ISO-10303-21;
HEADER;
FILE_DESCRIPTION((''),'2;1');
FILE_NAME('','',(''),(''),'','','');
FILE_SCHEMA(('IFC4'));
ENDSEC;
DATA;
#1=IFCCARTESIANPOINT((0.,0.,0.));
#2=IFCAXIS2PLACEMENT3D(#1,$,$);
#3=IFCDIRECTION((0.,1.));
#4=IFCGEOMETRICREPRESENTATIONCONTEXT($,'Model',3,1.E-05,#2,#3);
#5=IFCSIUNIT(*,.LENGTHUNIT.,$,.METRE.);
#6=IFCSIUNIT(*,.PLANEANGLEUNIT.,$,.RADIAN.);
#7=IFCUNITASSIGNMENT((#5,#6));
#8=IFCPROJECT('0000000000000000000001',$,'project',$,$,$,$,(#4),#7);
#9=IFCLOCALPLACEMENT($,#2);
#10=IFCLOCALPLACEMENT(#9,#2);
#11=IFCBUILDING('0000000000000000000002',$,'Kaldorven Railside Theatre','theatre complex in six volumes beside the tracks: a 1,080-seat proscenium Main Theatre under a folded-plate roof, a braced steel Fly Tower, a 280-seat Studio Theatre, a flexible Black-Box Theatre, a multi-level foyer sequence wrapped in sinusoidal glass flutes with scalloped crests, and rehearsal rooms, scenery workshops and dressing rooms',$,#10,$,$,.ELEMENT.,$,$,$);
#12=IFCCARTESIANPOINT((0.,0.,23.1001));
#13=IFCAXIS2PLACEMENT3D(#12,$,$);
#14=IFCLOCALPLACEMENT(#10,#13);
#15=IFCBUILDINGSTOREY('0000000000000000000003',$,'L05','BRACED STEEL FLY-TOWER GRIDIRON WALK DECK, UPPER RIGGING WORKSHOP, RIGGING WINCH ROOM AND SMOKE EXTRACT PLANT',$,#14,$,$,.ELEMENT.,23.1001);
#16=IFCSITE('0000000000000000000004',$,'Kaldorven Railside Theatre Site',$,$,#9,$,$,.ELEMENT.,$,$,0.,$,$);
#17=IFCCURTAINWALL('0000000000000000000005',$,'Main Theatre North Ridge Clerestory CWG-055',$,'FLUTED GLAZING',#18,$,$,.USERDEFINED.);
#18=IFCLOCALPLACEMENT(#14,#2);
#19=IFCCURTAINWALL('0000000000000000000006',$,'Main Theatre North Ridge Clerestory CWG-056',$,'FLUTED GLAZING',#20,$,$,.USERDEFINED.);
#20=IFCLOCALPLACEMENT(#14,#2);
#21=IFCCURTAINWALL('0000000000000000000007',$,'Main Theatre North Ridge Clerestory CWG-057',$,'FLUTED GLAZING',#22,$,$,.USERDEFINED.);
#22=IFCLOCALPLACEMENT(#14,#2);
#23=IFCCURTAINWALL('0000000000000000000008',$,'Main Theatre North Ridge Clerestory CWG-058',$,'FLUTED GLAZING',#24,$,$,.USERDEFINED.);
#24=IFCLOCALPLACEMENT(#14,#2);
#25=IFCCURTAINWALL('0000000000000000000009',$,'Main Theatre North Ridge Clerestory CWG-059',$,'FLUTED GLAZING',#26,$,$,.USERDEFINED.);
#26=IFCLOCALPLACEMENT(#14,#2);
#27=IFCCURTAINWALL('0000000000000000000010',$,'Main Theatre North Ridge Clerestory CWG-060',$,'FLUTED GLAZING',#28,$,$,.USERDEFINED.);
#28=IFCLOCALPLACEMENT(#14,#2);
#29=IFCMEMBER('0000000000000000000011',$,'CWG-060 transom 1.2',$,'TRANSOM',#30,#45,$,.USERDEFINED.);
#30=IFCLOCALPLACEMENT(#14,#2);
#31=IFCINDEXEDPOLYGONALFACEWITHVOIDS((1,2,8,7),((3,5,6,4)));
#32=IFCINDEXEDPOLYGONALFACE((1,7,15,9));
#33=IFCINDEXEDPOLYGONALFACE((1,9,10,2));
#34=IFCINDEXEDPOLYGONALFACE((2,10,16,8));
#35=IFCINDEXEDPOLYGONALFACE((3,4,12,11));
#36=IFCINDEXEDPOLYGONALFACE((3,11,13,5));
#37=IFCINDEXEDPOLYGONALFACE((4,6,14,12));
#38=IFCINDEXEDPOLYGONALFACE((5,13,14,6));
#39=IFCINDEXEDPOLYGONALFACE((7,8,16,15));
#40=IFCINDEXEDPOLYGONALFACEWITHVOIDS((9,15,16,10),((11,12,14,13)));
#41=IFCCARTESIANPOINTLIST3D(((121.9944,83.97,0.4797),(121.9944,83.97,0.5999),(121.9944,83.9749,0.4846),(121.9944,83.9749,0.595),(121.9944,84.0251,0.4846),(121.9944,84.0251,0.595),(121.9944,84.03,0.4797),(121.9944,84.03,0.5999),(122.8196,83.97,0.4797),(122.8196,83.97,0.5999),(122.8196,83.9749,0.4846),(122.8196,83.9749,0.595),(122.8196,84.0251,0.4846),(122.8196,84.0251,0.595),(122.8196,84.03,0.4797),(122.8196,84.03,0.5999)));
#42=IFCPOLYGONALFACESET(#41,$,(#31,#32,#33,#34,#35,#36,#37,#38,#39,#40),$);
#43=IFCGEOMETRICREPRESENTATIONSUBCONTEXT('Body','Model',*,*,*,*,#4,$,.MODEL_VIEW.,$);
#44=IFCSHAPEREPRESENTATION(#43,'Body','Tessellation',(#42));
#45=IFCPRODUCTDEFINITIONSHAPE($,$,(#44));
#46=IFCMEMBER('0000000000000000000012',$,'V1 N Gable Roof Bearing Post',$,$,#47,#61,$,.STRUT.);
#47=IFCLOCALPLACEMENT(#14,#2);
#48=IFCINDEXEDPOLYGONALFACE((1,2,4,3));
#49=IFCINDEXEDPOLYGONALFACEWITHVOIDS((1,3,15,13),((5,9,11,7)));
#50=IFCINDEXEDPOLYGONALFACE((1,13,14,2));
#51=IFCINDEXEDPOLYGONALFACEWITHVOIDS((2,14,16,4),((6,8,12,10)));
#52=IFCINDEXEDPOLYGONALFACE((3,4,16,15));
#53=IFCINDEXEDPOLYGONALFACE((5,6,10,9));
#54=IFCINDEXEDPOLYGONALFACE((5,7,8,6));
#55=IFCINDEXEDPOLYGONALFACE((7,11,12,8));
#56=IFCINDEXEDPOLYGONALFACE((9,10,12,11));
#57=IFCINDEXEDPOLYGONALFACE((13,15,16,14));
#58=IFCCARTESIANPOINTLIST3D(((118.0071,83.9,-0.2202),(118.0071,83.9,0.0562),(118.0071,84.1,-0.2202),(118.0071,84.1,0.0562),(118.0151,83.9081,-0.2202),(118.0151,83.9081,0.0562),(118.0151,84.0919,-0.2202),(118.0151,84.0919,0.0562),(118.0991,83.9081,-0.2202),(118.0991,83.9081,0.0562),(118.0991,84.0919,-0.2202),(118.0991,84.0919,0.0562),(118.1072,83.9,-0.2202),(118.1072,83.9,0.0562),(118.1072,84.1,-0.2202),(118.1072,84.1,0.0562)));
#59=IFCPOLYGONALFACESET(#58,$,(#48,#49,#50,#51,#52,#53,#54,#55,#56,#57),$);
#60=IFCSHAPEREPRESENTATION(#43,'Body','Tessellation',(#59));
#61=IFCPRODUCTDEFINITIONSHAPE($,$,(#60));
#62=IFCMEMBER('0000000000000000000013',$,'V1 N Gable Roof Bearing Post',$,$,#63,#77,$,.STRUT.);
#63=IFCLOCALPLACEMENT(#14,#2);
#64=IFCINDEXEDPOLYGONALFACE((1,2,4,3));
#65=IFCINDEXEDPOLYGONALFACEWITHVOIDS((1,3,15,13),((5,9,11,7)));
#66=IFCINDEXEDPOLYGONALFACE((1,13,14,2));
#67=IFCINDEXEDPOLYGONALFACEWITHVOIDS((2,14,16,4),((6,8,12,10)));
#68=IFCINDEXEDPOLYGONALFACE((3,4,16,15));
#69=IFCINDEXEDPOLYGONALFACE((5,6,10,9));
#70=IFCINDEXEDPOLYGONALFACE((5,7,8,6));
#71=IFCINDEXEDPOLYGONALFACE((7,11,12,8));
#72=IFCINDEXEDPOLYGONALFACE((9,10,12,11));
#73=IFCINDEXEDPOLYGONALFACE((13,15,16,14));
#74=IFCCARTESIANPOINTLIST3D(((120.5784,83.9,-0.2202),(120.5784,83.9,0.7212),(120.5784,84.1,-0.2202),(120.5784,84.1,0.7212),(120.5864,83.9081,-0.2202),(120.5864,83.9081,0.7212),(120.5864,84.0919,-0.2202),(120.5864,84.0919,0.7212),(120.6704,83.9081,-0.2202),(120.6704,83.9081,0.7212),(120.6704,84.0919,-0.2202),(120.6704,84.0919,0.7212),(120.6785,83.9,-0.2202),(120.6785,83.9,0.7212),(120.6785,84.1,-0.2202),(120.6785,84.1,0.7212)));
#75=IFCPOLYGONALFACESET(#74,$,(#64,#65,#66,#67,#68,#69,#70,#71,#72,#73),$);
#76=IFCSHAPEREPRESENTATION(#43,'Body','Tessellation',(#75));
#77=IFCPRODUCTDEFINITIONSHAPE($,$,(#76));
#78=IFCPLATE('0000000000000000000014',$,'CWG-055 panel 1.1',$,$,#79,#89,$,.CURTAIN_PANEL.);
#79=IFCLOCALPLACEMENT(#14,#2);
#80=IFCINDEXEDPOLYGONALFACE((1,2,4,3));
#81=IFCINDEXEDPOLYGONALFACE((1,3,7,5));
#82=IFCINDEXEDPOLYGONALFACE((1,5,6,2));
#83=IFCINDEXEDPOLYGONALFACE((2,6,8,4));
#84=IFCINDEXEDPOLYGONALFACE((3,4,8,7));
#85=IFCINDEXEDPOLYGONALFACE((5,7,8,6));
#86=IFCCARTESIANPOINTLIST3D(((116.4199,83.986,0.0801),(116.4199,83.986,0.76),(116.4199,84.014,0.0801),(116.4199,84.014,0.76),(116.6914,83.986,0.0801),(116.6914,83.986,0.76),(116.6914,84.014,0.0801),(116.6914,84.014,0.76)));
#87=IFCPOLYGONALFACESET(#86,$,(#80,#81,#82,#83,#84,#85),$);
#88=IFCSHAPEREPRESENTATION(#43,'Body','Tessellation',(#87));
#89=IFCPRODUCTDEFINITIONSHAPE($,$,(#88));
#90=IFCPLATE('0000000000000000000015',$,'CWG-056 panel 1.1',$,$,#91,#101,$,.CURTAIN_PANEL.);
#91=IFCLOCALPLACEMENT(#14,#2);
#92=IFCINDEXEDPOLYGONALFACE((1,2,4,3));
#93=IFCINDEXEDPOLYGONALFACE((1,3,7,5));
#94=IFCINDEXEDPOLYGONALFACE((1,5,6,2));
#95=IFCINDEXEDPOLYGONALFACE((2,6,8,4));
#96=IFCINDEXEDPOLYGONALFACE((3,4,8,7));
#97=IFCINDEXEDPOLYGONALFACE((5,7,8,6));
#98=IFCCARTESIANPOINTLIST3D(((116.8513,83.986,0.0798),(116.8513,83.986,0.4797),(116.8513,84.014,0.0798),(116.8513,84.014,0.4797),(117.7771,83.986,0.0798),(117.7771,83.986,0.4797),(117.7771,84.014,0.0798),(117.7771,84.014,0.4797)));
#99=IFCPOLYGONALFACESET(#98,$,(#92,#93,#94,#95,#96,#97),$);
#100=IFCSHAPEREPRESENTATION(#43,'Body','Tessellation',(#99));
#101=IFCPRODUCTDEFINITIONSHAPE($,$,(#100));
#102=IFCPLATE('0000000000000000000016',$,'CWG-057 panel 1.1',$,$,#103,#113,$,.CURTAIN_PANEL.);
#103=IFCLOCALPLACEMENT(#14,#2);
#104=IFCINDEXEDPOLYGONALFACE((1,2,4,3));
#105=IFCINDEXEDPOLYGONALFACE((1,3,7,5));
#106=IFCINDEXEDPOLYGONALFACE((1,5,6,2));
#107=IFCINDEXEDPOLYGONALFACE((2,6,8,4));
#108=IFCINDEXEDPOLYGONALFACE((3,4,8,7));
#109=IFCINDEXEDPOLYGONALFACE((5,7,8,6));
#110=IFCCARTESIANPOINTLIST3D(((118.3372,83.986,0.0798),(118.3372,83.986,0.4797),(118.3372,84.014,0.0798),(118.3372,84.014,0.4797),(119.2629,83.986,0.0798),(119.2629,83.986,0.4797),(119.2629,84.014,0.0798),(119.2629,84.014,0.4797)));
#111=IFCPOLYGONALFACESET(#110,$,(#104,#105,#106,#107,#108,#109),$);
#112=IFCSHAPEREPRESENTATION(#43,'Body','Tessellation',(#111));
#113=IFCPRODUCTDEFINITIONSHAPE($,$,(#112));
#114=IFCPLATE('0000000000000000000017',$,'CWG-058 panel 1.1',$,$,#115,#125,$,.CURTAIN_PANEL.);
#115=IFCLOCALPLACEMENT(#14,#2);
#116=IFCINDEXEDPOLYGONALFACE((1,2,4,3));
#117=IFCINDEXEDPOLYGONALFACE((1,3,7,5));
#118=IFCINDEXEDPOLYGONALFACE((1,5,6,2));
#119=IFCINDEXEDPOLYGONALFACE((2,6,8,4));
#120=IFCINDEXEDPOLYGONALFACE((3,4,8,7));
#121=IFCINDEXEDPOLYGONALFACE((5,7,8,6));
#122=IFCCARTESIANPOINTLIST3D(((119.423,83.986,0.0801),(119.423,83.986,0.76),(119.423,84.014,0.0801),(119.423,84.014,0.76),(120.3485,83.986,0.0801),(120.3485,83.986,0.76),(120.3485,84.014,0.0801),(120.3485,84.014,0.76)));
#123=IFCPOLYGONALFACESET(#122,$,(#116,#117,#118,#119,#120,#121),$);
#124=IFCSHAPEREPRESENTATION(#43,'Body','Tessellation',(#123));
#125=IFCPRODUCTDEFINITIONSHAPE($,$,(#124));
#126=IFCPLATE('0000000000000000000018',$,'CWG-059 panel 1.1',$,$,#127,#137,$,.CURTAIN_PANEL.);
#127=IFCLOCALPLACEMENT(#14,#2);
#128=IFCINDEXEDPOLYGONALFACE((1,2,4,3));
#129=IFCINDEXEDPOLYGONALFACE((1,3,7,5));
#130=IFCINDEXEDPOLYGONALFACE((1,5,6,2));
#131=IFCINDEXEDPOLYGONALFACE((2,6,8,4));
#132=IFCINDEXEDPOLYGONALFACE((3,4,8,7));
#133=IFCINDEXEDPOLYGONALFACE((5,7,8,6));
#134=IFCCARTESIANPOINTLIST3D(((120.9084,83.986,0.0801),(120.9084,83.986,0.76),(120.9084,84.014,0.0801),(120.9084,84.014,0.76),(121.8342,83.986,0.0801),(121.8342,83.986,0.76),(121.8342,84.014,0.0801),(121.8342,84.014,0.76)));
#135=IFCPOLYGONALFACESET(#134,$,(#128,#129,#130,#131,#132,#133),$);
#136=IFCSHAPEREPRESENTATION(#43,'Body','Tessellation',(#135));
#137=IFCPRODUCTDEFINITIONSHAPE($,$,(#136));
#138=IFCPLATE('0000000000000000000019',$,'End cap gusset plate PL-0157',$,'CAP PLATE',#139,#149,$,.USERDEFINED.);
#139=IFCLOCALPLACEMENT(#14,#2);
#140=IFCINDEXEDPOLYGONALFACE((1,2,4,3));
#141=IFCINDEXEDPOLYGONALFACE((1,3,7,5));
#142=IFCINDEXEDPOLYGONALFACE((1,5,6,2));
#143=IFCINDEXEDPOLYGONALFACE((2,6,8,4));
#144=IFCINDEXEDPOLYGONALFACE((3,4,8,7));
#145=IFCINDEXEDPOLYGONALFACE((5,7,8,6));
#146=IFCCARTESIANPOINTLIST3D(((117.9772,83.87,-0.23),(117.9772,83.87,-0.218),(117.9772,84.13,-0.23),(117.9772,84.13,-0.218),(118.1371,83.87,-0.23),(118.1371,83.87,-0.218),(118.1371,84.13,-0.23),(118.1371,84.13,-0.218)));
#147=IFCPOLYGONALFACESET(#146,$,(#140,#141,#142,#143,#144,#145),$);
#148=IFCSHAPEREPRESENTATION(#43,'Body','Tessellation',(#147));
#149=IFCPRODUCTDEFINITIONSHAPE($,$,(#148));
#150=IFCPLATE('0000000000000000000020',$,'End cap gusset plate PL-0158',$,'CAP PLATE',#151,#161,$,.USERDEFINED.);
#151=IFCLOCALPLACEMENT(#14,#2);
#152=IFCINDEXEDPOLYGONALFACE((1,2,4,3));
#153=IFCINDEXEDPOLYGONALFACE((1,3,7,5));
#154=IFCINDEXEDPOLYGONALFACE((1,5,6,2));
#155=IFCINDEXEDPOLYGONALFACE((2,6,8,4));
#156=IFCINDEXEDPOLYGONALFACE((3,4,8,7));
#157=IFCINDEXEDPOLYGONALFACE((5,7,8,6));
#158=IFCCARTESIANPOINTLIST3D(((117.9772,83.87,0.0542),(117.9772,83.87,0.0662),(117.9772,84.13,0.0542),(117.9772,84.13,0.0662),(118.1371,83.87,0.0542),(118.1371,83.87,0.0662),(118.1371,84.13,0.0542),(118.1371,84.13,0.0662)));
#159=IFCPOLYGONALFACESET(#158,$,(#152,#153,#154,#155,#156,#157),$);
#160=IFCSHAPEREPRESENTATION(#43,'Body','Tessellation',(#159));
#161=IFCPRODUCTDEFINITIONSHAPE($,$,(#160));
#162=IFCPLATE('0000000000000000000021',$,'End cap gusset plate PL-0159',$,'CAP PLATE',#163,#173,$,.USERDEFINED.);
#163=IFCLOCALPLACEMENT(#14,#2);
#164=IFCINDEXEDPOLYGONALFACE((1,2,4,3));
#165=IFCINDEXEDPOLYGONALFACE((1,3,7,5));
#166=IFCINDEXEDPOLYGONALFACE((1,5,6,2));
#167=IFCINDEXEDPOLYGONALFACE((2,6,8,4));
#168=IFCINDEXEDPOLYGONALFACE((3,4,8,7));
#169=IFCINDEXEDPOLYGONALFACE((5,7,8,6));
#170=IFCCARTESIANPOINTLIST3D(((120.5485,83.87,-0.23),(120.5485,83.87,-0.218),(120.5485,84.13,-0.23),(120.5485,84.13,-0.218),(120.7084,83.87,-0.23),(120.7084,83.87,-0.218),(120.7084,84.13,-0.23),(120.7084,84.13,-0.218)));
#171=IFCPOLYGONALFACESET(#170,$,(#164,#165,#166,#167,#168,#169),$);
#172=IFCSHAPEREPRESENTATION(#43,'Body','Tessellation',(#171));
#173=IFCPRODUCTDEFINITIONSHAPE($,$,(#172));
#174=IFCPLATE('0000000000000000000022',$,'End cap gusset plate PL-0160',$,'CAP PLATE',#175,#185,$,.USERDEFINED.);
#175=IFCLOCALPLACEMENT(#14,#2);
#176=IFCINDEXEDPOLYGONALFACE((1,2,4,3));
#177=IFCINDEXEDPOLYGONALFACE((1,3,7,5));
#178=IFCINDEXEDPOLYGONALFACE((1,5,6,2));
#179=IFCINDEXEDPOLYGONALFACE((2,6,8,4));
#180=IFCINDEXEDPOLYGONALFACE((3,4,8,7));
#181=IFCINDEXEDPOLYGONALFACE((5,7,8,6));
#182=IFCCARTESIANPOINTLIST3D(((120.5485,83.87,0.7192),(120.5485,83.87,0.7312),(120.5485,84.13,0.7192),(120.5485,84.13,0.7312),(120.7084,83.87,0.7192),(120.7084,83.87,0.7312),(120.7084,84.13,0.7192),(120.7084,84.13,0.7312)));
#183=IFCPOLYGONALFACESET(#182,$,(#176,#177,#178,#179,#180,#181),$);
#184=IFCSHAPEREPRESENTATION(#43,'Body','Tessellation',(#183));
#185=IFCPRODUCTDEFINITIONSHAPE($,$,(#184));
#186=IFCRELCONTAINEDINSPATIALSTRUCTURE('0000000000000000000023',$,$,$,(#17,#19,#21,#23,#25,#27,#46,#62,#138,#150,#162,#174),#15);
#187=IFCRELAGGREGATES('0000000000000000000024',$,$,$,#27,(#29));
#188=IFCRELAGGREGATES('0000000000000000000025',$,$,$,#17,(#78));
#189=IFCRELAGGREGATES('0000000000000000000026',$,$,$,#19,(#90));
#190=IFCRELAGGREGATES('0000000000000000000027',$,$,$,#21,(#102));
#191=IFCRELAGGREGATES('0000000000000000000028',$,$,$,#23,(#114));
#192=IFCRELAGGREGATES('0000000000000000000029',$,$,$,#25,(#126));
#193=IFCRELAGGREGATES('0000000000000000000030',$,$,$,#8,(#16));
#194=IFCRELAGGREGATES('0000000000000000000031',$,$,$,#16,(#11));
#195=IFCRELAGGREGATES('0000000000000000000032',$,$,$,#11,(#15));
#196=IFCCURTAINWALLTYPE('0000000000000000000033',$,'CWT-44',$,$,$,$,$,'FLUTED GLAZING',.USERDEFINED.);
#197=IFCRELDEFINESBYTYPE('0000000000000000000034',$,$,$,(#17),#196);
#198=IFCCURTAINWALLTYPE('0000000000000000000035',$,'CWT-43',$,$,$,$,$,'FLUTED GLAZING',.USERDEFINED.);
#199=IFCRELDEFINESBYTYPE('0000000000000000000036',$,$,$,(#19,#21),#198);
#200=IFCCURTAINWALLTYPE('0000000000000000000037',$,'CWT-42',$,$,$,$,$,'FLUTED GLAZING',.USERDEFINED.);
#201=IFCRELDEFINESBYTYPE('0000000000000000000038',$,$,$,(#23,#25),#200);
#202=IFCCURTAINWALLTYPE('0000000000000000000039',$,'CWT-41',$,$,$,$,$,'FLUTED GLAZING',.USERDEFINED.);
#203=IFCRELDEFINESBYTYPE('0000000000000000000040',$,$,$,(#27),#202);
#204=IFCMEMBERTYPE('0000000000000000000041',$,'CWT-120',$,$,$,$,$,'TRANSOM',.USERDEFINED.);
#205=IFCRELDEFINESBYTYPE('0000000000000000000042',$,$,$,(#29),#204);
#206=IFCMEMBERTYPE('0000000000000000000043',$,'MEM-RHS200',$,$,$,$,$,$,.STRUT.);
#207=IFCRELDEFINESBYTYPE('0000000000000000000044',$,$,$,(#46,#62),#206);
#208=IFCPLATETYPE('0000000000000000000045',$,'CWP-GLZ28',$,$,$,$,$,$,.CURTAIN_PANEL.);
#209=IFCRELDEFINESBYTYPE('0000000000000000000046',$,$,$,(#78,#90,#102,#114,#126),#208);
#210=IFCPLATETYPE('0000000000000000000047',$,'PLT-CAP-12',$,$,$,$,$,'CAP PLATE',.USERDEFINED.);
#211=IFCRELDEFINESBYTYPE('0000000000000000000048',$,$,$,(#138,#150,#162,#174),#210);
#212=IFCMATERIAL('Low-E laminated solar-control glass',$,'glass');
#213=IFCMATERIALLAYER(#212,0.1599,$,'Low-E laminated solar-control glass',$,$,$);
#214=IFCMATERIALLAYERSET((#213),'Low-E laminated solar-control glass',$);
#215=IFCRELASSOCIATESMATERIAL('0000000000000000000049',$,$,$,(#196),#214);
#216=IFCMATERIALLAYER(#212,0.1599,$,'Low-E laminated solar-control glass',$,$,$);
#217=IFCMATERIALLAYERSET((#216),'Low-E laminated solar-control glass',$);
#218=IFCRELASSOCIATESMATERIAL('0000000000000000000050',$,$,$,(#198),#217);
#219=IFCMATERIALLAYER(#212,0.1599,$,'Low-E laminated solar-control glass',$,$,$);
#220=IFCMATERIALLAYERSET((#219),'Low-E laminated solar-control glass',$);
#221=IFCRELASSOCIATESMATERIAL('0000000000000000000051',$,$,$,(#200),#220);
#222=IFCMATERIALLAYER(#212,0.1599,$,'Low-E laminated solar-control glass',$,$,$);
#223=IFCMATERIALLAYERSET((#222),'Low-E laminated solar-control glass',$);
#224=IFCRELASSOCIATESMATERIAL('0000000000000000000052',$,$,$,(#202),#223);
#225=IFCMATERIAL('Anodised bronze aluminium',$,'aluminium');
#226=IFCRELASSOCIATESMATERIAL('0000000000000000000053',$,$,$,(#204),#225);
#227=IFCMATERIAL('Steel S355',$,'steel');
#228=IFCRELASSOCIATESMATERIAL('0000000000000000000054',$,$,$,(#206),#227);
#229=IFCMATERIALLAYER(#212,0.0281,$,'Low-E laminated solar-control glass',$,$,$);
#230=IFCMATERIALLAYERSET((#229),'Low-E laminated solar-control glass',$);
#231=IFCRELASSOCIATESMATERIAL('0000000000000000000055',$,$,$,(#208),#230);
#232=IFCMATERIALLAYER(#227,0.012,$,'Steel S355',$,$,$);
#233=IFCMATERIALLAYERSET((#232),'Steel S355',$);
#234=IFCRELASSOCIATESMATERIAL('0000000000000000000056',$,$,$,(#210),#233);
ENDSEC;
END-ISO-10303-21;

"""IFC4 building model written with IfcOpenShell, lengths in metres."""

from ifc_helpers import new_model, si_unit, direction, frame, origin, origin_2d, place, context, subcontext, project, spatial, rectangle, hollow_rectangle, extrude, material, layer, layer_set, material_profile, profile_set, type_object, element, aggregate, save


model = new_model("IFC4")

# Units and contexts
model_context = context("Model", 3, precision=1e-05, world=origin(), true_north=direction((0.0, 1.0)))
body_context = subcontext(model_context, "Body", "Model", "MODEL_VIEW")
ifc_project = project(units=[si_unit("LENGTHUNIT", "METRE"), si_unit("PLANEANGLEUNIT", "RADIAN")], contexts=[model_context])

# Site, building, storey
site_placement = place(None, origin())
site = spatial("IfcSite", under=ifc_project, at=site_placement, Name="Kaldorven Railside Theatre Site", CompositionType="ELEMENT", RefElevation=0.0)
building_placement = place(site_placement, origin())
building = spatial("IfcBuilding", under=site, at=building_placement, Name="Kaldorven Railside Theatre", Description="theatre complex in six volumes beside the tracks: a 1,080-seat proscenium Main Theatre under a folded-plate roof, a braced steel Fly Tower, a 280-seat Studio Theatre, a flexible Black-Box Theatre, a multi-level foyer sequence wrapped in sinusoidal glass flutes with scalloped crests, and rehearsal rooms, scenery workshops and dressing rooms", CompositionType="ELEMENT")
storey_placement = place(building_placement, frame((0.0, 0.0, 23.1001)))
storey = spatial("IfcBuildingStorey", under=building, at=storey_placement, Name="L05", Description="BRACED STEEL FLY-TOWER GRIDIRON WALK DECK, UPPER RIGGING WORKSHOP, RIGGING WINCH ROOM AND SMOKE EXTRACT PLANT", CompositionType="ELEMENT", Elevation=23.1001)

# Curtain walls
ifc_material_1 = material(Name="Low-E laminated solar-control glass", Category="glass")
ifc_layer_1 = layer(ifc_material_1, 0.1599, Name="Low-E laminated solar-control glass")
ifc_layer_set_1 = layer_set([ifc_layer_1], Name="Low-E laminated solar-control glass")
curtain_wall_type_1 = type_object("IfcCurtainWallType", Name="CWT-44", ElementType="FLUTED GLAZING", PredefinedType="USERDEFINED", material=ifc_layer_set_1)
curtain_wall_1_placement = place(storey_placement, origin())
curtain_wall_1 = element("IfcCurtainWall", 1, at=curtain_wall_1_placement, inside=storey, type_object=curtain_wall_type_1, Name="Main Theatre North Ridge Clerestory CWG-055", ObjectType="FLUTED GLAZING", PredefinedType="USERDEFINED")
ifc_material_2 = material(Name="Anodised bronze aluminium", Category="aluminium")
ifc_layer_2 = layer(ifc_material_1, 0.1599, Name="Low-E laminated solar-control glass")
ifc_layer_set_2 = layer_set([ifc_layer_2], Name="Low-E laminated solar-control glass")
curtain_wall_type_2 = type_object("IfcCurtainWallType", Name="CWT-43", ElementType="FLUTED GLAZING", PredefinedType="USERDEFINED", material=ifc_layer_set_2)
curtain_wall_2_placement = place(storey_placement, origin())
curtain_wall_2 = element("IfcCurtainWall", 2, at=curtain_wall_2_placement, inside=storey, type_object=curtain_wall_type_2, Name="Main Theatre North Ridge Clerestory CWG-056", ObjectType="FLUTED GLAZING", PredefinedType="USERDEFINED")
curtain_wall_3_placement = place(storey_placement, origin())
curtain_wall_3 = element("IfcCurtainWall", 3, at=curtain_wall_3_placement, inside=storey, type_object=curtain_wall_type_2, Name="Main Theatre North Ridge Clerestory CWG-057", ObjectType="FLUTED GLAZING", PredefinedType="USERDEFINED")
ifc_layer_3 = layer(ifc_material_1, 0.1599, Name="Low-E laminated solar-control glass")
ifc_layer_set_3 = layer_set([ifc_layer_3], Name="Low-E laminated solar-control glass")
curtain_wall_type_3 = type_object("IfcCurtainWallType", Name="CWT-42", ElementType="FLUTED GLAZING", PredefinedType="USERDEFINED", material=ifc_layer_set_3)
curtain_wall_4_placement = place(storey_placement, origin())
curtain_wall_4 = element("IfcCurtainWall", 4, at=curtain_wall_4_placement, inside=storey, type_object=curtain_wall_type_3, Name="Main Theatre North Ridge Clerestory CWG-058", ObjectType="FLUTED GLAZING", PredefinedType="USERDEFINED")
curtain_wall_5_placement = place(storey_placement, origin())
curtain_wall_5 = element("IfcCurtainWall", 5, at=curtain_wall_5_placement, inside=storey, type_object=curtain_wall_type_3, Name="Main Theatre North Ridge Clerestory CWG-059", ObjectType="FLUTED GLAZING", PredefinedType="USERDEFINED")

# Curtain wall
ifc_layer_4 = layer(ifc_material_1, 0.1599, Name="Low-E laminated solar-control glass")
ifc_layer_set_4 = layer_set([ifc_layer_4], Name="Low-E laminated solar-control glass")
curtain_wall_type_4 = type_object("IfcCurtainWallType", Name="CWT-41", ElementType="FLUTED GLAZING", PredefinedType="USERDEFINED", material=ifc_layer_set_4)
curtain_wall_6_placement = place(storey_placement, origin())
curtain_wall_6 = element("IfcCurtainWall", 6, at=curtain_wall_6_placement, inside=storey, type_object=curtain_wall_type_4, Name="Main Theatre North Ridge Clerestory CWG-060", ObjectType="FLUTED GLAZING", PredefinedType="USERDEFINED")

# Member
ifc_material_profile_1 = material_profile(ifc_material_2, hollow_rectangle(XDim=0.0601, YDim=0.1201, WallThickness=0.0049, at=origin_2d()), Name="RHS 120x60x5")
ifc_profile_set_1 = profile_set([ifc_material_profile_1], Name="Anodised bronze aluminium")
member_type_1 = type_object("IfcMemberType", Name="CWT-120", ElementType="TRANSOM", PredefinedType="USERDEFINED", material=ifc_profile_set_1)
member_1_placement = place(storey_placement, frame((121.9944, 84.0, 0.5398), z_axis=(1.0, 0.0, 0.0), x_axis=(0.0, 1.0, 0.0)))
member_1 = element("IfcMember", 7, at=member_1_placement, type_object=member_type_1, Name="CWG-060 transom 1.2", ObjectType="TRANSOM", PredefinedType="USERDEFINED", context=body_context, shape_type="SweptSolid", body=[
    extrude(hollow_rectangle(XDim=0.0601, YDim=0.1201, WallThickness=0.0049, at=origin_2d()), origin(), (0.0, 0.0, 1.0), 0.8252),
])
aggregate(curtain_wall_6, [member_1])

# Members
ifc_material_3 = material(Name="Steel S355", Category="steel")
ifc_material_profile_2 = material_profile(ifc_material_3, hollow_rectangle(XDim=0.1001, YDim=0.2, WallThickness=0.0081, at=origin_2d()), Name="RHS 200x100x8")
ifc_profile_set_2 = profile_set([ifc_material_profile_2], Name="Steel S355")
member_type_2 = type_object("IfcMemberType", Name="MEM-RHS200", PredefinedType="STRUT", material=ifc_profile_set_2)
member_2_placement = place(storey_placement, frame((118.0571, 84.0, -0.2202), z_axis=(0.0, 0.0, 1.0), x_axis=(1.0, 0.0, 0.0)))
element("IfcMember", 8, at=member_2_placement, inside=storey, type_object=member_type_2, Name="V1 N Gable Roof Bearing Post", PredefinedType="STRUT", context=body_context, shape_type="SweptSolid", body=[
    extrude(hollow_rectangle(XDim=0.1001, YDim=0.2, WallThickness=0.0081, at=origin_2d()), origin(), (0.0, 0.0, 1.0), 0.2764),
])
member_3_placement = place(storey_placement, frame((120.6284, 84.0, -0.2202), z_axis=(0.0, 0.0, 1.0), x_axis=(1.0, 0.0, 0.0)))
element("IfcMember", 9, at=member_3_placement, inside=storey, type_object=member_type_2, Name="V1 N Gable Roof Bearing Post", PredefinedType="STRUT", context=body_context, shape_type="SweptSolid", body=[
    extrude(hollow_rectangle(XDim=0.1001, YDim=0.2, WallThickness=0.0081, at=origin_2d()), origin(), (0.0, 0.0, 1.0), 0.9414),
])

# Plates
ifc_layer_5 = layer(ifc_material_1, 0.0281, Name="Low-E laminated solar-control glass")
ifc_layer_set_5 = layer_set([ifc_layer_5], Name="Low-E laminated solar-control glass")
plate_type_1 = type_object("IfcPlateType", Name="CWP-GLZ28", PredefinedType="CURTAIN_PANEL", material=ifc_layer_set_5)
plate_1_placement = place(storey_placement, frame((116.5557, 84.0, 0.0801), z_axis=(0.0, 0.0, 1.0), x_axis=(1.0, 0.0, 0.0)))
plate_1 = element("IfcPlate", 10, at=plate_1_placement, type_object=plate_type_1, Name="CWG-055 panel 1.1", PredefinedType="CURTAIN_PANEL", context=body_context, shape_type="SweptSolid", body=[
    extrude(rectangle(XDim=0.2715, YDim=0.0281, at=origin_2d()), origin(), (0.0, 0.0, 1.0), 0.6799),
])
aggregate(curtain_wall_1, [plate_1])
plate_2_placement = place(storey_placement, frame((117.3142, 84.0, 0.0798), z_axis=(0.0, 0.0, 1.0), x_axis=(1.0, 0.0, 0.0)))
plate_2 = element("IfcPlate", 11, at=plate_2_placement, type_object=plate_type_1, Name="CWG-056 panel 1.1", PredefinedType="CURTAIN_PANEL", context=body_context, shape_type="SweptSolid", body=[
    extrude(rectangle(XDim=0.9258, YDim=0.0281, at=origin_2d()), origin(), (0.0, 0.0, 1.0), 0.3999),
])
aggregate(curtain_wall_2, [plate_2])
plate_3_placement = place(storey_placement, frame((118.8, 84.0, 0.0798), z_axis=(0.0, 0.0, 1.0), x_axis=(1.0, 0.0, 0.0)))
plate_3 = element("IfcPlate", 12, at=plate_3_placement, type_object=plate_type_1, Name="CWG-057 panel 1.1", PredefinedType="CURTAIN_PANEL", context=body_context, shape_type="SweptSolid", body=[
    extrude(rectangle(XDim=0.9258, YDim=0.0281, at=origin_2d()), origin(), (0.0, 0.0, 1.0), 0.3999),
])
aggregate(curtain_wall_3, [plate_3])
plate_4_placement = place(storey_placement, frame((119.8857, 84.0, 0.0801), z_axis=(0.0, 0.0, 1.0), x_axis=(1.0, 0.0, 0.0)))
plate_4 = element("IfcPlate", 13, at=plate_4_placement, type_object=plate_type_1, Name="CWG-058 panel 1.1", PredefinedType="CURTAIN_PANEL", context=body_context, shape_type="SweptSolid", body=[
    extrude(rectangle(XDim=0.9255, YDim=0.0281, at=origin_2d()), origin(), (0.0, 0.0, 1.0), 0.6799),
])
aggregate(curtain_wall_4, [plate_4])
plate_5_placement = place(storey_placement, frame((121.3713, 84.0, 0.0801), z_axis=(0.0, 0.0, 1.0), x_axis=(1.0, 0.0, 0.0)))
plate_5 = element("IfcPlate", 14, at=plate_5_placement, type_object=plate_type_1, Name="CWG-059 panel 1.1", PredefinedType="CURTAIN_PANEL", context=body_context, shape_type="SweptSolid", body=[
    extrude(rectangle(XDim=0.9258, YDim=0.0281, at=origin_2d()), origin(), (0.0, 0.0, 1.0), 0.6799),
])
aggregate(curtain_wall_5, [plate_5])

# Plates
ifc_layer_6 = layer(ifc_material_3, 0.012, Name="Steel S355")
ifc_layer_set_6 = layer_set([ifc_layer_6], Name="Steel S355")
plate_type_2 = type_object("IfcPlateType", Name="PLT-CAP-12", ElementType="CAP PLATE", PredefinedType="USERDEFINED", material=ifc_layer_set_6)
for number, where, z_axis, x_axis, name in (
    (15, (118.0571, 84.0, -0.23), (0.0, 0.0, 1.0), (1.0, 0.0, 0.0), "End cap gusset plate PL-0157"),
    (16, (118.0571, 84.0, 0.0542), (0.0, 0.0, 1.0), (1.0, 0.0, 0.0), "End cap gusset plate PL-0158"),
    (17, (120.6284, 84.0, -0.23), (0.0, 0.0, 1.0), (1.0, 0.0, 0.0), "End cap gusset plate PL-0159"),
    (18, (120.6284, 84.0, 0.7192), (0.0, 0.0, 1.0), (1.0, 0.0, 0.0), "End cap gusset plate PL-0160"),
):
    element("IfcPlate", number, at=place(storey_placement, frame(where, z_axis=z_axis, x_axis=x_axis)), inside=storey, type_object=plate_type_2, Name=name, ObjectType="CAP PLATE", PredefinedType="USERDEFINED", context=body_context, shape_type="SweptSolid", body=[
        extrude(rectangle(XDim=0.1599, YDim=0.26, at=origin_2d()), origin(), (0.0, 0.0, 1.0), 0.012),
    ])

save(model, "model.ifc")
